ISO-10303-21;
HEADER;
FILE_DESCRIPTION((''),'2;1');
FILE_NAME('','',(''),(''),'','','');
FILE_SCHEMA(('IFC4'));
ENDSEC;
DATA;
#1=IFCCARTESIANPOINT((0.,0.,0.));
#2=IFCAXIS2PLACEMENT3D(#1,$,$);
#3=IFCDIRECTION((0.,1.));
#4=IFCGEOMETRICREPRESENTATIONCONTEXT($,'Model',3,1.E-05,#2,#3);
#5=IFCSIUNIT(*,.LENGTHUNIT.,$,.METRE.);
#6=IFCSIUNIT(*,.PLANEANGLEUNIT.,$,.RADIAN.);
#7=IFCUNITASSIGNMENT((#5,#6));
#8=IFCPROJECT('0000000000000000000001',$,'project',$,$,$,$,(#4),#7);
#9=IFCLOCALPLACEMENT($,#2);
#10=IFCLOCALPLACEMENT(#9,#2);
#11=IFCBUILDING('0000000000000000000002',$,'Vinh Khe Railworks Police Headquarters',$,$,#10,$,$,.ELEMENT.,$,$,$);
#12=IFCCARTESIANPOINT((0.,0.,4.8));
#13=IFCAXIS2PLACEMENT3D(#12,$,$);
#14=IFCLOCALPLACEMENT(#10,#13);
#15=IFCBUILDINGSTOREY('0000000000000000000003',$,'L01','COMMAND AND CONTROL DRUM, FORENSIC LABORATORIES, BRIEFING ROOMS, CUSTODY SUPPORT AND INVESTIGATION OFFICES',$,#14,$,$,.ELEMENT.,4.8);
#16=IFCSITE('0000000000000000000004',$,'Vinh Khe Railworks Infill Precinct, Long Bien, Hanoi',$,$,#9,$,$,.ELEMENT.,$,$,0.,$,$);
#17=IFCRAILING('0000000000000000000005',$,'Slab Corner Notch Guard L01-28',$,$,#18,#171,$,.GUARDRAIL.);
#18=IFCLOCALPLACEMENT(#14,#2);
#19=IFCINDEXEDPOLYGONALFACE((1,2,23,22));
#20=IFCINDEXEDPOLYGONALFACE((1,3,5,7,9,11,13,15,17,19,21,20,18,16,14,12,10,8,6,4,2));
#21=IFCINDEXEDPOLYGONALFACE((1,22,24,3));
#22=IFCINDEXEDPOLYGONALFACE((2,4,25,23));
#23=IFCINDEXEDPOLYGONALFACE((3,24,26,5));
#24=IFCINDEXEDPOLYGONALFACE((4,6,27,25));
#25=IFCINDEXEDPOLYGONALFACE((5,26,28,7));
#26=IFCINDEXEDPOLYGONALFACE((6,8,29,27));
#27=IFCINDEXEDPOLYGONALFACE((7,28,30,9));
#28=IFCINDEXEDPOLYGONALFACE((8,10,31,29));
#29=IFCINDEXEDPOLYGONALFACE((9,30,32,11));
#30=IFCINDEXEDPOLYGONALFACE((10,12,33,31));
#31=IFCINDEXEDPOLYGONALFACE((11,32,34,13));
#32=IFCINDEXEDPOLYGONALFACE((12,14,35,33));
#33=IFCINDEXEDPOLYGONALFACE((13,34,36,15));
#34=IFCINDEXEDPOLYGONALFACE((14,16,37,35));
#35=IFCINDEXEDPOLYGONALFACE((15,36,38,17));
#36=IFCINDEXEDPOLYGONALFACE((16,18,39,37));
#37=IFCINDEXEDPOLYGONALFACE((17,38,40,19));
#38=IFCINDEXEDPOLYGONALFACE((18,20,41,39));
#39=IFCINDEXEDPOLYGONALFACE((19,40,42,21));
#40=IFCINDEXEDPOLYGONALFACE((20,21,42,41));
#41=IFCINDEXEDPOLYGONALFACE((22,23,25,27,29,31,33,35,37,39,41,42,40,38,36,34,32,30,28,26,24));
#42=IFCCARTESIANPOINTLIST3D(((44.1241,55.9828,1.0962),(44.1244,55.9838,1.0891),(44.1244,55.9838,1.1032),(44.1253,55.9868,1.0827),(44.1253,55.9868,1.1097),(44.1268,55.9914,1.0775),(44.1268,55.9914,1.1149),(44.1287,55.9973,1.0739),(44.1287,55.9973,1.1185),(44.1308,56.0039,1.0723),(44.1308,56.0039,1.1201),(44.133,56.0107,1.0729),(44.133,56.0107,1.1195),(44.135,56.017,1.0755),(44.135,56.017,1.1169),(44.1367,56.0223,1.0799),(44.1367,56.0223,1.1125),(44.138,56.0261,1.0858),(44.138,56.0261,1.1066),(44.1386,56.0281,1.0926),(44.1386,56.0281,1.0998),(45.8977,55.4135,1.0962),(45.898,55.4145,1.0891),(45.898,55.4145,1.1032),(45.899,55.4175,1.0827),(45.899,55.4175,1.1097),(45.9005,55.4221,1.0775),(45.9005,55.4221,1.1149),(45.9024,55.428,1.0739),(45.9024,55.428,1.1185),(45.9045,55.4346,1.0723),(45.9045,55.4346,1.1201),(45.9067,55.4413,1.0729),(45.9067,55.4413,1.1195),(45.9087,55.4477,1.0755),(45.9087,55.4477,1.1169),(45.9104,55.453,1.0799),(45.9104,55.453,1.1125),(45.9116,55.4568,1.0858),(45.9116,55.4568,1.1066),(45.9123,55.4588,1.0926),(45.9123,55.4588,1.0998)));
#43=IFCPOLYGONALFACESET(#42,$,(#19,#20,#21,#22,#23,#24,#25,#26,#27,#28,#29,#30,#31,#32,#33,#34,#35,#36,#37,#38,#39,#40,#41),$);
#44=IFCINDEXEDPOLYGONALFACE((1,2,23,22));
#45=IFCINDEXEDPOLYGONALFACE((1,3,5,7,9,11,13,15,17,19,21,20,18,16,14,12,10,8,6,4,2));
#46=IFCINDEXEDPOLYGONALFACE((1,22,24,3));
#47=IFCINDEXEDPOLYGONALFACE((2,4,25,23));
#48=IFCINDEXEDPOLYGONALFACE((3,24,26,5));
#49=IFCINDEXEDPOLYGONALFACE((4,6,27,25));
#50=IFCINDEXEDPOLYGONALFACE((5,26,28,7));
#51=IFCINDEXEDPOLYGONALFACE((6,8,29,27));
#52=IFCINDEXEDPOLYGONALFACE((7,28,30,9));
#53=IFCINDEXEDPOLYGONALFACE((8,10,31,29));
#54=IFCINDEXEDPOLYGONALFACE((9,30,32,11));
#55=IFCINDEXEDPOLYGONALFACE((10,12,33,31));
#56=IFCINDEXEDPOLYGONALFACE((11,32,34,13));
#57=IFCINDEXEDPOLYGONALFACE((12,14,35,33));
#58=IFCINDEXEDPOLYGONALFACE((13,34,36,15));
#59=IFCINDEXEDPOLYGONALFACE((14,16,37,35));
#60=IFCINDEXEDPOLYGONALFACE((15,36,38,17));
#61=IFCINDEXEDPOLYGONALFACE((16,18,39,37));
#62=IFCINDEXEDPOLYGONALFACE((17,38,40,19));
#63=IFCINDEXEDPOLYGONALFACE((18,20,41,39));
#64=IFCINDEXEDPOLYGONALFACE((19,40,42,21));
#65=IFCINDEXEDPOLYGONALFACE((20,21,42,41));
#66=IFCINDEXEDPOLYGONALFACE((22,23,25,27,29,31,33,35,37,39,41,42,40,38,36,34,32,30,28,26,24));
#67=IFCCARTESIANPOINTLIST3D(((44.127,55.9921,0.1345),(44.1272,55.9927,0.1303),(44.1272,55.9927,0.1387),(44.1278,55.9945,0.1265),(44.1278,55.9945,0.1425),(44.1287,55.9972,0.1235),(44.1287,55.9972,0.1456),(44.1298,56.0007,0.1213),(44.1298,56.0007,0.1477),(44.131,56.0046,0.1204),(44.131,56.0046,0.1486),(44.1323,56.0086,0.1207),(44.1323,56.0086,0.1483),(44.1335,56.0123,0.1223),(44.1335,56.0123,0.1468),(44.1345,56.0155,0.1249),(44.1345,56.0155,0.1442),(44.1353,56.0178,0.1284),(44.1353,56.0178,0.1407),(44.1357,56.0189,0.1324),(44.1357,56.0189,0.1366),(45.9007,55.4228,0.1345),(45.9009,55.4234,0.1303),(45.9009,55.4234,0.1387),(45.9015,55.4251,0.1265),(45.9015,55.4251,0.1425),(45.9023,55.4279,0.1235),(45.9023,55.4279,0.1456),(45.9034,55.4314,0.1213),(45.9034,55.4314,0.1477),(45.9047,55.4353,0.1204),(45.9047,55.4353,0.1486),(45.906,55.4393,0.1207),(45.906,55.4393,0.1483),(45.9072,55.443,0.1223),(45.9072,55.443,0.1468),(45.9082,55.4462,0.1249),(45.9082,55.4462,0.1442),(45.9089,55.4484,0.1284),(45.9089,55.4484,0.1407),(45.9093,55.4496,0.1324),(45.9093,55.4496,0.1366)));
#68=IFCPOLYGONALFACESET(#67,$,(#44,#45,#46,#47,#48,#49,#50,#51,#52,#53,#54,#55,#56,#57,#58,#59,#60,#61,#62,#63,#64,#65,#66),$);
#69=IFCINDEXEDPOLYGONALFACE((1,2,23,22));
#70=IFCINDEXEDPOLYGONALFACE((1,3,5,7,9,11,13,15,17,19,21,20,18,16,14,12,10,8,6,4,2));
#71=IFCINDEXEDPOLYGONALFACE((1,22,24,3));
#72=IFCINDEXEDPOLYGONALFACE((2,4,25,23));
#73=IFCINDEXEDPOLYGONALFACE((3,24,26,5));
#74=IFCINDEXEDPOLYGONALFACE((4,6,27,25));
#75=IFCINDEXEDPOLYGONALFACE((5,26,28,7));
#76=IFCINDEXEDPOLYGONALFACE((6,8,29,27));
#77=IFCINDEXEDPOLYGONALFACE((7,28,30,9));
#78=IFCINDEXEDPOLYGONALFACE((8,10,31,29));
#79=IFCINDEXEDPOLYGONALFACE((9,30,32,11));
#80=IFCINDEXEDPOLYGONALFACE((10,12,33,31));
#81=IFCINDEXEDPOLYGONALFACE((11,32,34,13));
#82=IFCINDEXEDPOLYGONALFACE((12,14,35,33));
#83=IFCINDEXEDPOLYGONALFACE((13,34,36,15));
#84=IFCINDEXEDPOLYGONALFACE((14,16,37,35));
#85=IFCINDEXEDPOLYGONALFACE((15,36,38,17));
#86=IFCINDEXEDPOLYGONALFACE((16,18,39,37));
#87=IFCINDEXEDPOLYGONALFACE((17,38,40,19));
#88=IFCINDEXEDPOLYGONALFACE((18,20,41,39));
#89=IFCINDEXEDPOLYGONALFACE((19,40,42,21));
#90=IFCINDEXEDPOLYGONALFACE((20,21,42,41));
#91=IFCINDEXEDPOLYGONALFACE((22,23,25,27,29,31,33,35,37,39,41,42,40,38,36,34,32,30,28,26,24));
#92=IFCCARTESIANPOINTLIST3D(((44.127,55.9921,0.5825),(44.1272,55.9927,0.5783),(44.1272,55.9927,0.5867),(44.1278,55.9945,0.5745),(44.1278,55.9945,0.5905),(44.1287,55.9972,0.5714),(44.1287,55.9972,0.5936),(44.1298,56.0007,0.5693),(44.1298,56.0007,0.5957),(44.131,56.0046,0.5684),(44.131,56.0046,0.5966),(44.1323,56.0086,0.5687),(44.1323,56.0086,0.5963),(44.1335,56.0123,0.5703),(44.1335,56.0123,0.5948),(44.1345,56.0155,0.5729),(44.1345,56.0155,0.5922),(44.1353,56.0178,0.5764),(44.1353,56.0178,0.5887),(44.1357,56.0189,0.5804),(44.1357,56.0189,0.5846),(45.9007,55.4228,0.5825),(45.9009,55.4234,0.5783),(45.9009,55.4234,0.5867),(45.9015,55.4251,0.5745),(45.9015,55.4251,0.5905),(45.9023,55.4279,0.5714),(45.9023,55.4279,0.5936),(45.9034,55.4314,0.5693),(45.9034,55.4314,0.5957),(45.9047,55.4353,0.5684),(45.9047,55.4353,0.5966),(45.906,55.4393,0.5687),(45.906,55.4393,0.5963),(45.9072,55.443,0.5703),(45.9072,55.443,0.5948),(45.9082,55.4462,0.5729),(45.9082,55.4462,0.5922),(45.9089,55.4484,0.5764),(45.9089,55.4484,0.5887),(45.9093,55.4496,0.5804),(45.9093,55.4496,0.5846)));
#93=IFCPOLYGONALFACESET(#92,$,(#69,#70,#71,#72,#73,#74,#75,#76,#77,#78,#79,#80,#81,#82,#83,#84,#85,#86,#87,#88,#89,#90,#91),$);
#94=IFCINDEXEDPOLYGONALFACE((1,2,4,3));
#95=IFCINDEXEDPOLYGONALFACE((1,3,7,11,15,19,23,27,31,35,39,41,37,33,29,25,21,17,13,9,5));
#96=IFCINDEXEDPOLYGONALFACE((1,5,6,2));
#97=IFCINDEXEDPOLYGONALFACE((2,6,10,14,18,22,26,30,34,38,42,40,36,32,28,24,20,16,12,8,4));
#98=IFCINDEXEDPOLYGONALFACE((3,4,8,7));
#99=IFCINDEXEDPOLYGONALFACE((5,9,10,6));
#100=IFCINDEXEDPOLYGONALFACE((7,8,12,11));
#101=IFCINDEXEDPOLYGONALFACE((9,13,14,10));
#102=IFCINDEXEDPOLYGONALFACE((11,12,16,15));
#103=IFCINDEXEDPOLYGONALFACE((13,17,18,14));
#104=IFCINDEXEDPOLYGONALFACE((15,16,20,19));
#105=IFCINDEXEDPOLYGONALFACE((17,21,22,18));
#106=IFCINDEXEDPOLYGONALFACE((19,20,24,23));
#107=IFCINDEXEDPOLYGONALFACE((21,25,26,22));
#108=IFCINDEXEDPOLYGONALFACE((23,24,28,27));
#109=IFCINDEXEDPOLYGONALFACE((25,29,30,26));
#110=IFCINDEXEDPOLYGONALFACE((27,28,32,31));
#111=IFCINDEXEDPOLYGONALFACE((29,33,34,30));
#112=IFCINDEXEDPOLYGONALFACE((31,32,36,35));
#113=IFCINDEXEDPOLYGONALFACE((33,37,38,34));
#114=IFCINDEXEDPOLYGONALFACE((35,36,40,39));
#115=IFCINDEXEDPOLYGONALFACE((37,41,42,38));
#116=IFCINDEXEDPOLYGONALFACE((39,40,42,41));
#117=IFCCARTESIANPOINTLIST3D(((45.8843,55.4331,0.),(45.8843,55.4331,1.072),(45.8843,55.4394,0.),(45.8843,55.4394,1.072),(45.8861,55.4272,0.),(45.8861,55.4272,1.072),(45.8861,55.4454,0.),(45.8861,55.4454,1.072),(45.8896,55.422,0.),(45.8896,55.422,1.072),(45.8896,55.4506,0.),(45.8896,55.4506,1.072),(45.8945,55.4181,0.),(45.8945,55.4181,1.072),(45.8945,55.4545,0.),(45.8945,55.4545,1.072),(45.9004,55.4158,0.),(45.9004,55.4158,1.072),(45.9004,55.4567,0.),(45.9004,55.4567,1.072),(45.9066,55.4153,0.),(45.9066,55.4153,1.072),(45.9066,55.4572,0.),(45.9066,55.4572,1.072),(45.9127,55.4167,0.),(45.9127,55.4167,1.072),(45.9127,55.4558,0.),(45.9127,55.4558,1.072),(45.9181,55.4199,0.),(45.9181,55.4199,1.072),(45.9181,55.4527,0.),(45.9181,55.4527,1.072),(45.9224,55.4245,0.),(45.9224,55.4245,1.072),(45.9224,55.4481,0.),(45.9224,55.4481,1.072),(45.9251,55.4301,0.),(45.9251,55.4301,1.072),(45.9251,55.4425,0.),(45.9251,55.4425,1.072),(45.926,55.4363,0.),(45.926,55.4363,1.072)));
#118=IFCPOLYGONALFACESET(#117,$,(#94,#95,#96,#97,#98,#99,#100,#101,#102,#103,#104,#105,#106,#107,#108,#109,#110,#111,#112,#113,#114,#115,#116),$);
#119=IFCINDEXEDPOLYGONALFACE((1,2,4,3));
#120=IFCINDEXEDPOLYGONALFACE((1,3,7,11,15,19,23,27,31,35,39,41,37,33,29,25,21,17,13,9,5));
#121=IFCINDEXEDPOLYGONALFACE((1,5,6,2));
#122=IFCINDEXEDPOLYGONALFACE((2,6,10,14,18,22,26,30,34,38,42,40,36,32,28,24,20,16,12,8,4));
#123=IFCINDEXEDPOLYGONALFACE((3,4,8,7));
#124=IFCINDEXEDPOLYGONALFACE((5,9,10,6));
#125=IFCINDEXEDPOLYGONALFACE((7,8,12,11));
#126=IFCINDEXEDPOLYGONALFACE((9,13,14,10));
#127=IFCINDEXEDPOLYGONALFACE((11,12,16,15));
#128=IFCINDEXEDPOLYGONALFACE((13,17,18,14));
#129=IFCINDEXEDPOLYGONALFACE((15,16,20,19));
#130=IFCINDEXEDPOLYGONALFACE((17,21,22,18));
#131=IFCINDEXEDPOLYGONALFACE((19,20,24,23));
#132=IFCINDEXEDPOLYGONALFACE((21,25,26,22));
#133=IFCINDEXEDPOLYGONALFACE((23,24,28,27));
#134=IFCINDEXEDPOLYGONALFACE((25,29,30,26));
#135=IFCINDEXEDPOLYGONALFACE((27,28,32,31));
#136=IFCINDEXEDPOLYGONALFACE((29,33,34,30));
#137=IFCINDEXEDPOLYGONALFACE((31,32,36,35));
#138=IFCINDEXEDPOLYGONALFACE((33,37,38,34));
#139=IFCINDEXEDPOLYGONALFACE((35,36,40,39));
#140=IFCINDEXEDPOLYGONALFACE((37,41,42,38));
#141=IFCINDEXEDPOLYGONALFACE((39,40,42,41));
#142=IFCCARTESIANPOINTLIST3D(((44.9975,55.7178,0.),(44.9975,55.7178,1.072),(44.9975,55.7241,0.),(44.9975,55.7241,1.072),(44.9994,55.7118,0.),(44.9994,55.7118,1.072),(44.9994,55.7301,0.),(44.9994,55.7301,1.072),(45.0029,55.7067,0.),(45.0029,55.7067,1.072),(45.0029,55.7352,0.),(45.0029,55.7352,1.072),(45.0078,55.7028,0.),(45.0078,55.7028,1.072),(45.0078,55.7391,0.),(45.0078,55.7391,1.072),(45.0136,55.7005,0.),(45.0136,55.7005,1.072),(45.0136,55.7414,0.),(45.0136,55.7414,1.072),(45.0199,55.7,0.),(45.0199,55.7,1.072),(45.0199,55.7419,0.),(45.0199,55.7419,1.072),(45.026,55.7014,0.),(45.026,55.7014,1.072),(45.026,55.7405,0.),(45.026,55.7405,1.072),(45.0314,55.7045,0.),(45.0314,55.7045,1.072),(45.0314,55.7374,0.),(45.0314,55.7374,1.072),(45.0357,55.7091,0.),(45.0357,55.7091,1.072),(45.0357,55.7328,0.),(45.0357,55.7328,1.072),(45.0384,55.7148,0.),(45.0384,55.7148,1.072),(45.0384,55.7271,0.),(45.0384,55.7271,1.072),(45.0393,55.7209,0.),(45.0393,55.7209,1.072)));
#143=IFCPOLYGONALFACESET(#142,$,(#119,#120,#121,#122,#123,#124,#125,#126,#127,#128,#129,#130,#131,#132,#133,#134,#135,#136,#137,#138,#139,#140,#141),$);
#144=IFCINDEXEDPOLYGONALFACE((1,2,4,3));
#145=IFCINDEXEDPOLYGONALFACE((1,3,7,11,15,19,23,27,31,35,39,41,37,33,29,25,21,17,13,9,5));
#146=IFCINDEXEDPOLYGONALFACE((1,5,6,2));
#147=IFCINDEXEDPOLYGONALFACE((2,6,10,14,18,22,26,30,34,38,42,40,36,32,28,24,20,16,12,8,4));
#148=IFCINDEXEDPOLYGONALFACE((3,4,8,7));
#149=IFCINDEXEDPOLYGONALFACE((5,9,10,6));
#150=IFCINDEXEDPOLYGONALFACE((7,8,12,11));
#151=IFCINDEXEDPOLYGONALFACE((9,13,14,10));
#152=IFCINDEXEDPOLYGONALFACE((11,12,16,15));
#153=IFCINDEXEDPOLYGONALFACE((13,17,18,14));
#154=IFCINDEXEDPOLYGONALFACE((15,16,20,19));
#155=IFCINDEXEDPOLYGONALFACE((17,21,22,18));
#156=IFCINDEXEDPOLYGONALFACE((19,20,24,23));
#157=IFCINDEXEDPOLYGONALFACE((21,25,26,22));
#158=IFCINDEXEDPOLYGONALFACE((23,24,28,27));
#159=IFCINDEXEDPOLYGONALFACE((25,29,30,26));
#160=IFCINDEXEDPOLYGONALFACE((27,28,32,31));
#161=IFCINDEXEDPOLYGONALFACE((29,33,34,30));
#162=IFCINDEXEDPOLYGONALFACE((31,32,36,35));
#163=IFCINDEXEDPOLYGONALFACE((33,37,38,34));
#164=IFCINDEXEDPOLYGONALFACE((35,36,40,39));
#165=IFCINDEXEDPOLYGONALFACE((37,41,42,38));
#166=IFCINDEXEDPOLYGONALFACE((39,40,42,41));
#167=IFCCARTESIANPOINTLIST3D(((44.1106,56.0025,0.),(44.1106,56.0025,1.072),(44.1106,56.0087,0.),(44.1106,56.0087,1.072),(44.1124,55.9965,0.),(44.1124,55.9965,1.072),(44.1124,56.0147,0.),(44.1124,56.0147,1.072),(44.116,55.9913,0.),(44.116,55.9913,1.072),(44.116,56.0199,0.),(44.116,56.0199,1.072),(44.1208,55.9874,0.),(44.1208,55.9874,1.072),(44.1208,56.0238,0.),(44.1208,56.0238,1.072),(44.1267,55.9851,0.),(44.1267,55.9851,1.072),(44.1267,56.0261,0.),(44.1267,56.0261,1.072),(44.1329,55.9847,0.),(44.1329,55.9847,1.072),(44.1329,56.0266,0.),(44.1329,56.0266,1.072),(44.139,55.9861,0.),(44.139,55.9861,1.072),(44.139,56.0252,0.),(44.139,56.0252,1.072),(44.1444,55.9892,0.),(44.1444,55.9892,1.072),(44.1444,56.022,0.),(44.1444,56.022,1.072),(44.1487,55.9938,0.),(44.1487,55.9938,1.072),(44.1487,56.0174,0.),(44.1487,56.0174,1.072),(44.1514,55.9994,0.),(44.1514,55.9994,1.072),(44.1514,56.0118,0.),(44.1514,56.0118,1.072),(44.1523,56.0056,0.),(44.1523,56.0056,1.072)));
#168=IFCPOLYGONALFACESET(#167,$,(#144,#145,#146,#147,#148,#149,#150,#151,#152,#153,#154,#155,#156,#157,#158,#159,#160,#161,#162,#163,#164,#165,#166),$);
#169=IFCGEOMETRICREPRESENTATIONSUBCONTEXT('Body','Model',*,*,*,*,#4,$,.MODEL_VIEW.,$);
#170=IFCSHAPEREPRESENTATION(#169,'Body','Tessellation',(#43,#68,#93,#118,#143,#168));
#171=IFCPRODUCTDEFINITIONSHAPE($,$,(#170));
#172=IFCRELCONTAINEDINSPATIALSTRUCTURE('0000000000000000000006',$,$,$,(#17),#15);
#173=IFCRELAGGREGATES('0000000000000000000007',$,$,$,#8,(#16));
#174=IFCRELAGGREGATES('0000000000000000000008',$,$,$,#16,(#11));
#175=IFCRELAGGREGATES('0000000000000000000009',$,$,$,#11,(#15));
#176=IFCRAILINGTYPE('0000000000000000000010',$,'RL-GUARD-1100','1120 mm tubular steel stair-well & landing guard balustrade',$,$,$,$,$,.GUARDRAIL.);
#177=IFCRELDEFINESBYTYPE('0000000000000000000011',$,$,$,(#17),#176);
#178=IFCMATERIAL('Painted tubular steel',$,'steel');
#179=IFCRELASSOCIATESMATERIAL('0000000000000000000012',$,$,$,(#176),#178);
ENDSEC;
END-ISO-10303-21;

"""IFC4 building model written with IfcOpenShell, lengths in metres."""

from ifc_helpers import new_model, si_unit, direction, frame, origin, origin_2d, place, context, subcontext, project, spatial, circle, extrude, material, type_object, element, save


model = new_model("IFC4")

# Units and contexts
model_context = context("Model", 3, precision=1e-05, world=origin(), true_north=direction((0.0, 1.0)))
body_context = subcontext(model_context, "Body", "Model", "MODEL_VIEW")
ifc_project = project(units=[si_unit("LENGTHUNIT", "METRE"), si_unit("PLANEANGLEUNIT", "RADIAN")], contexts=[model_context])

# Site, building, storey
site_placement = place(None, origin())
site = spatial("IfcSite", under=ifc_project, at=site_placement, Name="Vinh Khe Railworks Infill Precinct, Long Bien, Hanoi", CompositionType="ELEMENT", RefElevation=0.0)
building_placement = place(site_placement, origin())
building = spatial("IfcBuilding", under=site, at=building_placement, Name="Vinh Khe Railworks Police Headquarters", CompositionType="ELEMENT")
storey_placement = place(building_placement, frame((0.0, 0.0, 4.8)))
storey = spatial("IfcBuildingStorey", under=building, at=storey_placement, Name="L01", Description="COMMAND AND CONTROL DRUM, FORENSIC LABORATORIES, BRIEFING ROOMS, CUSTODY SUPPORT AND INVESTIGATION OFFICES", CompositionType="ELEMENT", Elevation=4.8)

# Railing
ifc_material_1 = material(Name="Painted tubular steel", Category="steel")
railing_type_1 = type_object("IfcRailingType", Name="RL-GUARD-1100", Description="1120 mm tubular steel stair-well & landing guard balustrade", PredefinedType="GUARDRAIL", material=ifc_material_1)
railing_1_placement = place(storey_placement, frame((45.905, 55.4363, 0.0)))
element("IfcRailing", 1, at=railing_1_placement, inside=storey, type_object=railing_type_1, Name="Slab Corner Notch Guard L01-28", PredefinedType="GUARDRAIL", context=body_context, shape_type="SweptSolid", body=[
    extrude(circle(Radius=0.0239, at=origin_2d()), frame((0.0, 0.0, 1.0962), z_axis=(-0.95215, 0.305632, 0.0), x_axis=(-0.305632, -0.95215, 0.0)), (0.0, 0.0, 1.0), 1.8628),
    extrude(circle(Radius=0.0142, at=origin_2d()), frame((0.0, 0.0, 0.1345), z_axis=(-0.95215, 0.305632, 0.0), x_axis=(-0.305632, -0.95215, 0.0)), (0.0, 0.0, 1.0), 1.8628),
    extrude(circle(Radius=0.0142, at=origin_2d()), frame((0.0, 0.0, 0.5825), z_axis=(-0.95215, 0.305632, 0.0), x_axis=(-0.305632, -0.95215, 0.0)), (0.0, 0.0, 1.0), 1.8628),
    extrude(circle(Radius=0.021, at=origin_2d()), origin(), (0.0, 0.0, 1.0), 1.072),
    extrude(circle(Radius=0.021, at=origin_2d()), frame((-0.8867, 0.2847, 0.0)), (0.0, 0.0, 1.0), 1.072),
    extrude(circle(Radius=0.021, at=origin_2d()), frame((-1.7737, 0.5693, 0.0)), (0.0, 0.0, 1.0), 1.072),
])

save(model, "model.ifc")
